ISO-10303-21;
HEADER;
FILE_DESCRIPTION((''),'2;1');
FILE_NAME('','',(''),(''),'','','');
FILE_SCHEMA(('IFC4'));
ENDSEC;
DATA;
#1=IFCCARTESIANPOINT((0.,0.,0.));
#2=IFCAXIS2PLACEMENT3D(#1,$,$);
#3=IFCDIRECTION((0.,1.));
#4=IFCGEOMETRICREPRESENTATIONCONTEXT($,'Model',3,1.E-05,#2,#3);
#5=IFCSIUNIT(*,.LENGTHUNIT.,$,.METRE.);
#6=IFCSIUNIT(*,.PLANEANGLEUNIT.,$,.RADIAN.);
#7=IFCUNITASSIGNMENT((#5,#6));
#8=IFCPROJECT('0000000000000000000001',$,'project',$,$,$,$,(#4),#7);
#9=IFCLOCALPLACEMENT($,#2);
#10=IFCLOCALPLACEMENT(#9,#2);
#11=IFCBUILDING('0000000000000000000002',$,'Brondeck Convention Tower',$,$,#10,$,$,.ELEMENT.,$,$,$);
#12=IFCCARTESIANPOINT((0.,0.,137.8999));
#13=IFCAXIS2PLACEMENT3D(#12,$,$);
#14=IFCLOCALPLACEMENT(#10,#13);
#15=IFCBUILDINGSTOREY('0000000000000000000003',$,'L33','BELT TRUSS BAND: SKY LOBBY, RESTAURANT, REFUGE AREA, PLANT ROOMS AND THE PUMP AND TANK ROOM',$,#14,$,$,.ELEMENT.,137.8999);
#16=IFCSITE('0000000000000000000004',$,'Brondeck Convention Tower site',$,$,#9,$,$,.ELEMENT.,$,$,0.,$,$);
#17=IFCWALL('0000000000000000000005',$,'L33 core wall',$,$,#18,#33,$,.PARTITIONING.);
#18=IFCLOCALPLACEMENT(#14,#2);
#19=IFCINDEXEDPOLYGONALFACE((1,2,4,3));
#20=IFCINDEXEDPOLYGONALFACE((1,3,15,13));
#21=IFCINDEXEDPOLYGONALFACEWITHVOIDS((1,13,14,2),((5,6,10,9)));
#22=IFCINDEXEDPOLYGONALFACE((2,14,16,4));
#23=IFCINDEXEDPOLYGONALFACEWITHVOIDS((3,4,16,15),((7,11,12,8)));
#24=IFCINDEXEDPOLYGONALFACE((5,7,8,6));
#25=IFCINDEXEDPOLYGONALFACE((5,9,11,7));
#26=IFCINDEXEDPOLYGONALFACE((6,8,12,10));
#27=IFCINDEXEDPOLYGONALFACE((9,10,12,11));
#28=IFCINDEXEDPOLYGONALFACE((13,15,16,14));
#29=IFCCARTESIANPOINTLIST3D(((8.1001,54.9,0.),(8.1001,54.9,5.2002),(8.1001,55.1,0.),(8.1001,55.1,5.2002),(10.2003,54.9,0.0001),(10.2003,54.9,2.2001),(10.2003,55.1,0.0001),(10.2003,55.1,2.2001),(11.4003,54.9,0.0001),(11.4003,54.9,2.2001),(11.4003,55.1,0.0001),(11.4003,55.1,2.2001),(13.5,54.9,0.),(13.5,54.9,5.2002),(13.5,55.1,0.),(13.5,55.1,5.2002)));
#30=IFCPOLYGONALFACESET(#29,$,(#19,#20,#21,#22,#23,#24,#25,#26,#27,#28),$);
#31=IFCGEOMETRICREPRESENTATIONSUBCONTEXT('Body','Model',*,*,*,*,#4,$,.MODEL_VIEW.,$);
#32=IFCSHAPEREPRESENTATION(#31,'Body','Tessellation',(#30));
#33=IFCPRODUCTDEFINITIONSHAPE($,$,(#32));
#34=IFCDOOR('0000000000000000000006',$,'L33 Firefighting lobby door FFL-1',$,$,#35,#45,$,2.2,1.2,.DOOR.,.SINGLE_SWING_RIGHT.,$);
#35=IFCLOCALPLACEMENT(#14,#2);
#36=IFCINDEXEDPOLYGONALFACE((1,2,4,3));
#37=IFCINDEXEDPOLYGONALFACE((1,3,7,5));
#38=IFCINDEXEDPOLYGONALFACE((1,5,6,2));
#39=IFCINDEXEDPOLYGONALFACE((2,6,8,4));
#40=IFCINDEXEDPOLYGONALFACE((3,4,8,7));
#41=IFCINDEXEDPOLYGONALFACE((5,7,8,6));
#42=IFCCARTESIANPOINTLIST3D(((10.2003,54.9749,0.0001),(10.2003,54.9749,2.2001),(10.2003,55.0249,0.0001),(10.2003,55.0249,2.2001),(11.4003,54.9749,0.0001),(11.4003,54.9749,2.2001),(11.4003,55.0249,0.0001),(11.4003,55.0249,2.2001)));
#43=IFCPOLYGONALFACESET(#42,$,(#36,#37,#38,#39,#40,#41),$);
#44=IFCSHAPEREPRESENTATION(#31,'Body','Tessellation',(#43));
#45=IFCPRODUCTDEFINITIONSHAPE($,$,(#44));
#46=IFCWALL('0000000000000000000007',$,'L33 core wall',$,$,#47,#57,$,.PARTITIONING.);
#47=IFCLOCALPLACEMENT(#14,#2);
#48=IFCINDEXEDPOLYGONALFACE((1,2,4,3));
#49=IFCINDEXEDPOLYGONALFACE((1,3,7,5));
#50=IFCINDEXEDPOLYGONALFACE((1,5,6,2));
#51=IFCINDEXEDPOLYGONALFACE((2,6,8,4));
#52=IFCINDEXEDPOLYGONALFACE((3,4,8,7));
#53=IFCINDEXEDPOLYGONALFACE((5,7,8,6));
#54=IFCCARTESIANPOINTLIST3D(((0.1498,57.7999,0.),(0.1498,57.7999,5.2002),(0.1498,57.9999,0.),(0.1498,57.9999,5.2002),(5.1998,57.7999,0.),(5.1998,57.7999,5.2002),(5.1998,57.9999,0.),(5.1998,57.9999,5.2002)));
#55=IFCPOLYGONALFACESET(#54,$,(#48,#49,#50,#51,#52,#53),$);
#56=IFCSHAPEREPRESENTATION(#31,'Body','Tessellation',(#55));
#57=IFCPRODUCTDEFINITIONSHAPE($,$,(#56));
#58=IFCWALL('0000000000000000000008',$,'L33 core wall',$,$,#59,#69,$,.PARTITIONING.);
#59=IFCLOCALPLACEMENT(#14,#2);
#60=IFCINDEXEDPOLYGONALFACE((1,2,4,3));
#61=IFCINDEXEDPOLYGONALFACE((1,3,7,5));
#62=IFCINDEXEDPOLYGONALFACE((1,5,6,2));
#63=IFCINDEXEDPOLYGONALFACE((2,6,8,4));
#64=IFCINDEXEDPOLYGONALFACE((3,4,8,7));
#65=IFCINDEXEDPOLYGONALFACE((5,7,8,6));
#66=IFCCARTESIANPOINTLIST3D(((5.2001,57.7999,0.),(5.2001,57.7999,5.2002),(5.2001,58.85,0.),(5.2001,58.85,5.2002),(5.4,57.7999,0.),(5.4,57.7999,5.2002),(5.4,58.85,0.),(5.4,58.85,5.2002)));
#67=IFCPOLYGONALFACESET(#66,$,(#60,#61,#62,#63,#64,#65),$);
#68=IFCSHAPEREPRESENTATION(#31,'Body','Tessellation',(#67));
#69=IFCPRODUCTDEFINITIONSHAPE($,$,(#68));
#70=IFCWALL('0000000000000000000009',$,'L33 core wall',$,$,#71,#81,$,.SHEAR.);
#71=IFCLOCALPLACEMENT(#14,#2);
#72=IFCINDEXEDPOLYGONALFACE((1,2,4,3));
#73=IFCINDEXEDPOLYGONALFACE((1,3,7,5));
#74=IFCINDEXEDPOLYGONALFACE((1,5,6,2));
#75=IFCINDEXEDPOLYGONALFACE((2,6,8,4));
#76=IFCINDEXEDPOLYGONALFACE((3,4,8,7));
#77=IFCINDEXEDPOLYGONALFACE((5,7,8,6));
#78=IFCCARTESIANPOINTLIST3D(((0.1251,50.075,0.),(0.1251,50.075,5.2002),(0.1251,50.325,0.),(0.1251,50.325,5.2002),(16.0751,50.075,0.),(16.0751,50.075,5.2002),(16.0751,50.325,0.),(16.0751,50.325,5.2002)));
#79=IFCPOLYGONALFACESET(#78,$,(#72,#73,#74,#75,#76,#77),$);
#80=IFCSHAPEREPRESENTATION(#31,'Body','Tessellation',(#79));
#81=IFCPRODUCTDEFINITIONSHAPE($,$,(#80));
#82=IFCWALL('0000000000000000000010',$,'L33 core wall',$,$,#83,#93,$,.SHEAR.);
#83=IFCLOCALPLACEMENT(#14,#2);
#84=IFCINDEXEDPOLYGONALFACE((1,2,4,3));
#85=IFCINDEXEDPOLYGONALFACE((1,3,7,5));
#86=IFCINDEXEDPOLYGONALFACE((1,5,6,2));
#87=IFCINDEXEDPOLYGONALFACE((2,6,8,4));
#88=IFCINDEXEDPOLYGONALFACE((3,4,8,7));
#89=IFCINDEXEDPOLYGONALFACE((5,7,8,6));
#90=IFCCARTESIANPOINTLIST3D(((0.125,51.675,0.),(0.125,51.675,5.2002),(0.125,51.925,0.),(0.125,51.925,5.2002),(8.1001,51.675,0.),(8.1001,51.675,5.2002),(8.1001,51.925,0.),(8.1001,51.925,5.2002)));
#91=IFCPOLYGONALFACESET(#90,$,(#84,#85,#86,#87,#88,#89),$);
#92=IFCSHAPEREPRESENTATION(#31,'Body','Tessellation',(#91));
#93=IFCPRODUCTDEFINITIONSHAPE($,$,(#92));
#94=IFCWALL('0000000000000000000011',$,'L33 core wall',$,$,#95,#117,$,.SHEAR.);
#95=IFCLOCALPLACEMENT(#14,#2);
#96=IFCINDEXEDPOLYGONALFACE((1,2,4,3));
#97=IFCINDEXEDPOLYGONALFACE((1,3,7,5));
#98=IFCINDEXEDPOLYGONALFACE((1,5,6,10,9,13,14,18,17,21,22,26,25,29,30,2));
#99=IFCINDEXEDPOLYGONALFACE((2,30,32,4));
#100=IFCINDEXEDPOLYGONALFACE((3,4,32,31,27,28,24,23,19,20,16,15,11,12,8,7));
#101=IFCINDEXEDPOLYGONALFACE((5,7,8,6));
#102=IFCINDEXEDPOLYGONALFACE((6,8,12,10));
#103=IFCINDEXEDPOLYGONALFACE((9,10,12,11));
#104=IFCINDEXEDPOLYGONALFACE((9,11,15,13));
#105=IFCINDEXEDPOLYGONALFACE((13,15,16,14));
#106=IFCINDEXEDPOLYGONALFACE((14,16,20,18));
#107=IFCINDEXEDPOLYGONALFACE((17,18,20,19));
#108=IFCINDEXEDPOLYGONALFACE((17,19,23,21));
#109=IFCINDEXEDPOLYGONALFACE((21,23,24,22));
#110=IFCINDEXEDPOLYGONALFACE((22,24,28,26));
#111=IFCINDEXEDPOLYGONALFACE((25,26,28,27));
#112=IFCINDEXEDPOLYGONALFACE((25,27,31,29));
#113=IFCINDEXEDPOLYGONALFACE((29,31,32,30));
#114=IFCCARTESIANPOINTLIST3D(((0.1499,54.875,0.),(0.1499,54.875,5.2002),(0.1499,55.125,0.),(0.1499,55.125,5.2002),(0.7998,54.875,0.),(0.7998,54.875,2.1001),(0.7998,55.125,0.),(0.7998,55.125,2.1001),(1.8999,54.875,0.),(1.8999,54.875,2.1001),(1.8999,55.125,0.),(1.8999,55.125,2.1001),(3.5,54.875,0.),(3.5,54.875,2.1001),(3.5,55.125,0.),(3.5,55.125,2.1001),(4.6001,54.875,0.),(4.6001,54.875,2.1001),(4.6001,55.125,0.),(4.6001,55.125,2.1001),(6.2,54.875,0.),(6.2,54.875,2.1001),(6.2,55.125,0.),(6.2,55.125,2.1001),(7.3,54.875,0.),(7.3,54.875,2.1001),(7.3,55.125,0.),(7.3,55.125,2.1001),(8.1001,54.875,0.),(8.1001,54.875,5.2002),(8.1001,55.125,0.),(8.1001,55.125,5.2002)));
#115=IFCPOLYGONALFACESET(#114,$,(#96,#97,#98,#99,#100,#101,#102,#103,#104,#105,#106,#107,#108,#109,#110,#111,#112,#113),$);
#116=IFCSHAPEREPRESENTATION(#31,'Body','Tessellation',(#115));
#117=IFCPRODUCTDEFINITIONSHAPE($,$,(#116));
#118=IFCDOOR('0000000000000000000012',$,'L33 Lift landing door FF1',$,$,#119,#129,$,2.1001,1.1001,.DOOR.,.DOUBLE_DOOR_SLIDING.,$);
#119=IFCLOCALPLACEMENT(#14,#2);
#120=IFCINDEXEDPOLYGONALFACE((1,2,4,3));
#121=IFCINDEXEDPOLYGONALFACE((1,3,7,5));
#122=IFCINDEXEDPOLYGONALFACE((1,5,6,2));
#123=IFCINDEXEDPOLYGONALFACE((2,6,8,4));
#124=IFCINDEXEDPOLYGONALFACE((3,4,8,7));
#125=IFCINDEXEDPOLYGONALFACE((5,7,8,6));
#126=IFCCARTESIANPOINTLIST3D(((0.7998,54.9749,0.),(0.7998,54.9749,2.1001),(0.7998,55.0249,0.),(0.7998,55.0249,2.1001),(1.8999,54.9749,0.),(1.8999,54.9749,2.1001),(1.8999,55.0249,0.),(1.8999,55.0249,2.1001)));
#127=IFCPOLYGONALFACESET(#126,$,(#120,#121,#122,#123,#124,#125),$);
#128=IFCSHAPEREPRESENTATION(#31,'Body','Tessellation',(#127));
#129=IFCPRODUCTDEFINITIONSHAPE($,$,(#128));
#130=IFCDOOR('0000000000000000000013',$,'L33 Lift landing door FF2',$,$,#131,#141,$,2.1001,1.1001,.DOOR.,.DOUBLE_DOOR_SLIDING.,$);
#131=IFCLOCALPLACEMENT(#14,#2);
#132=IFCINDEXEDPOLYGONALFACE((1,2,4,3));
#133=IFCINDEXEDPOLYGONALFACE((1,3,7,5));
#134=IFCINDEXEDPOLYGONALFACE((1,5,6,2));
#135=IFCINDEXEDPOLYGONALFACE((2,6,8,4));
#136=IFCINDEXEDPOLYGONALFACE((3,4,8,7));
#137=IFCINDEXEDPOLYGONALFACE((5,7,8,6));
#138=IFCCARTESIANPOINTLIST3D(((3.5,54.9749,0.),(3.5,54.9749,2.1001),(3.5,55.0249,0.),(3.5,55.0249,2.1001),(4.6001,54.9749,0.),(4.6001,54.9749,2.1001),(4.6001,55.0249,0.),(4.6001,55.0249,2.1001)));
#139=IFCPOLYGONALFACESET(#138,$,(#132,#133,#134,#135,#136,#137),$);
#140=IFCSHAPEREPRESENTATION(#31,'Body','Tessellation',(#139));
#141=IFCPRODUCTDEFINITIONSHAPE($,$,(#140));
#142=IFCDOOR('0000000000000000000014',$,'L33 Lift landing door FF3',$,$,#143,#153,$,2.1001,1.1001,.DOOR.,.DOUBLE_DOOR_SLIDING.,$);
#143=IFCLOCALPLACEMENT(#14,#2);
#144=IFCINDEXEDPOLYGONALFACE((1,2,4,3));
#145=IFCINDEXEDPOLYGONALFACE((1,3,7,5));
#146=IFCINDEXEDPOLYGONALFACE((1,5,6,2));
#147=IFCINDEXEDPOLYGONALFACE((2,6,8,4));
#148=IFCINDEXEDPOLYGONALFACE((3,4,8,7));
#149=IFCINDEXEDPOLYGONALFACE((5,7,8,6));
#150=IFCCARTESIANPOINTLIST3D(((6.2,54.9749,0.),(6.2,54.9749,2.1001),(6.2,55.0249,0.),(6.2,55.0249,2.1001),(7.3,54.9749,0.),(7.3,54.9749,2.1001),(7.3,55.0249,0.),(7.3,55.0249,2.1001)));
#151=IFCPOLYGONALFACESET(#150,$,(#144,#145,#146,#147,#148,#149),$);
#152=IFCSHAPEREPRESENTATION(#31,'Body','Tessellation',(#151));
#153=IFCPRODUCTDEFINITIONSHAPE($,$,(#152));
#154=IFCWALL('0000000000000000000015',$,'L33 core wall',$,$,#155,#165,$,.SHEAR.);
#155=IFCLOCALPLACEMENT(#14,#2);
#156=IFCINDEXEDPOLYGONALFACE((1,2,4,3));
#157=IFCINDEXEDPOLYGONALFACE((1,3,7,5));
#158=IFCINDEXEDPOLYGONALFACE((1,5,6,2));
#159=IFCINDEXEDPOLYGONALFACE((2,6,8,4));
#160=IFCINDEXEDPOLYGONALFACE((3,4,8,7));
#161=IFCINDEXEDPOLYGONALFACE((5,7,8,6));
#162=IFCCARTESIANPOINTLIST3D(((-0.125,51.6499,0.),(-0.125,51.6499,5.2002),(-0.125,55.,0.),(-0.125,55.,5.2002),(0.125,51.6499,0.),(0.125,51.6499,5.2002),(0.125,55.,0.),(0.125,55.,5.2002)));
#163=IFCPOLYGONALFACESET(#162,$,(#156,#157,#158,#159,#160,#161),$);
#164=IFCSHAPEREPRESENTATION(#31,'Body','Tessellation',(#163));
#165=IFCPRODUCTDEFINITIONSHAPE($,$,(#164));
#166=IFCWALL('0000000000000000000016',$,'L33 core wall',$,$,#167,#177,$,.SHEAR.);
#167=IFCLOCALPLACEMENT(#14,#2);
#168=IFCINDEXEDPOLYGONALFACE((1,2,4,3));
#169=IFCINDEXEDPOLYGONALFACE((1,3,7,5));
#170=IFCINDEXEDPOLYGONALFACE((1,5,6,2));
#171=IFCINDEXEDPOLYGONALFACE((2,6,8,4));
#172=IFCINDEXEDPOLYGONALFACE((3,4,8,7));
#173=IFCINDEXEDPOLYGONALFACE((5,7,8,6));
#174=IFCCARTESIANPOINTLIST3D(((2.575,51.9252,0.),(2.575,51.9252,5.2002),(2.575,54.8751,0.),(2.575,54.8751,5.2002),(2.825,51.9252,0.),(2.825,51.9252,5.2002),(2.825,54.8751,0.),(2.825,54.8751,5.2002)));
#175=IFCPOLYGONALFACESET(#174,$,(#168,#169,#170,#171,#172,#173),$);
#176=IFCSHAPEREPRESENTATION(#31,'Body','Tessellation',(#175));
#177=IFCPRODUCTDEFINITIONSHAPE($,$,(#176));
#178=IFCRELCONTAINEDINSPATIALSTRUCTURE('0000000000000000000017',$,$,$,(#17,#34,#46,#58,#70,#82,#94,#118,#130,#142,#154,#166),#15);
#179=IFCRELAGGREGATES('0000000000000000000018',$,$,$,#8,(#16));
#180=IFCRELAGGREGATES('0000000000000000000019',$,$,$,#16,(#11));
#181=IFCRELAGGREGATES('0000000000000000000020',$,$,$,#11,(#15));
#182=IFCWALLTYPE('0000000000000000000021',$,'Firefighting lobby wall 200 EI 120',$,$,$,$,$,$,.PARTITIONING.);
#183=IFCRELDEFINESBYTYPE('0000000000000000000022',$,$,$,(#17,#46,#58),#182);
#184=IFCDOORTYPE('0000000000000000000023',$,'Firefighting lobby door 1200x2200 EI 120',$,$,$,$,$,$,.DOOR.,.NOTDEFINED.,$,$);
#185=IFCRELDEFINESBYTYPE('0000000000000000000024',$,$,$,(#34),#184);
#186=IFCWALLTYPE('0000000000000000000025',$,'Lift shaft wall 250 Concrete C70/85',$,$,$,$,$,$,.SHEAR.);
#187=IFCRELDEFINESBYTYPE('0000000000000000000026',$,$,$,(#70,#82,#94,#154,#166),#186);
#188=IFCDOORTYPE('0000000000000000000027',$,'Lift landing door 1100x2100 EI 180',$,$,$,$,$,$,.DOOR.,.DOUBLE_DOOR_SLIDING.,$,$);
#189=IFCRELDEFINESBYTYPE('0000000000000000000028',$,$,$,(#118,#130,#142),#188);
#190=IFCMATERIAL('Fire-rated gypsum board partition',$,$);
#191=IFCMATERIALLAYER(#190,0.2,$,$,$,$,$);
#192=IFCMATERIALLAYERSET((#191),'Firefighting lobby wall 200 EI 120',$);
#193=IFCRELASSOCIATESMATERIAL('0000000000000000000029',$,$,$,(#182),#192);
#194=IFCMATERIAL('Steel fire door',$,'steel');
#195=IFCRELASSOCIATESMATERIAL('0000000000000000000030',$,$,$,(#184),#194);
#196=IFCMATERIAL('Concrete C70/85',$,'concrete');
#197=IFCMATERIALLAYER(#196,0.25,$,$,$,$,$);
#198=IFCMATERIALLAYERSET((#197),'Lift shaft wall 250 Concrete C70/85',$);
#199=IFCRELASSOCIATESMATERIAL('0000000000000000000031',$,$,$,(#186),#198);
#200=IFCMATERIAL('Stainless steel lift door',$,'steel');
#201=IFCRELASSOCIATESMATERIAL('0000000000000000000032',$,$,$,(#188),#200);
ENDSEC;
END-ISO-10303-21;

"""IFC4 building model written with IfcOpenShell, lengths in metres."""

from ifc_helpers import new_model, si_unit, direction, frame, frame_2d, origin, place, context, subcontext, project, spatial, rectangle, extrude, material, layer, layer_set, type_object, element, fill, save


model = new_model("IFC4")

# Units and contexts
model_context = context("Model", 3, precision=1e-05, world=origin(), true_north=direction((0.0, 1.0)))
body_context = subcontext(model_context, "Body", "Model", "MODEL_VIEW")
ifc_project = project(units=[si_unit("LENGTHUNIT", "METRE"), si_unit("PLANEANGLEUNIT", "RADIAN")], contexts=[model_context])

# Site, building, storey
site_placement = place(None, origin())
site = spatial("IfcSite", under=ifc_project, at=site_placement, Name="Brondeck Convention Tower site", CompositionType="ELEMENT", RefElevation=0.0)
building_placement = place(site_placement, origin())
building = spatial("IfcBuilding", under=site, at=building_placement, Name="Brondeck Convention Tower", CompositionType="ELEMENT")
storey_placement = place(building_placement, frame((0.0, 0.0, 137.8999)))
storey = spatial("IfcBuildingStorey", under=building, at=storey_placement, Name="L33", Description="BELT TRUSS BAND: SKY LOBBY, RESTAURANT, REFUGE AREA, PLANT ROOMS AND THE PUMP AND TANK ROOM", CompositionType="ELEMENT", Elevation=137.8999)

# Shared definitions
ifc_material_1 = material(Name="Concrete C70/85", Category="concrete")

# Shared definitions
ifc_material_2 = material(Name="Fire-rated gypsum board partition")

# Wall, opening, door
ifc_layer_1 = layer(ifc_material_2, 0.2)
ifc_layer_set_1 = layer_set([ifc_layer_1], Name="Firefighting lobby wall 200 EI 120")
wall_type_1 = type_object("IfcWallType", Name="Firefighting lobby wall 200 EI 120", PredefinedType="PARTITIONING", material=ifc_layer_set_1)
wall_1_placement = place(storey_placement, frame((8.1001, 55.0, 0.0), z_axis=(0.0, 0.0, 1.0), x_axis=(1.0, 0.0, 0.0)))
wall_1 = element("IfcWall", 1, at=wall_1_placement, inside=storey, type_object=wall_type_1, Name="L33 core wall", PredefinedType="PARTITIONING", context=body_context, shape_type="SweptSolid", body=[
    extrude(rectangle(XDim=5.3999, YDim=0.2, at=frame_2d((2.7, 0.0))), origin(), (0.0, 0.0, 1.0), 5.2002),
])
opening_1_placement = place(wall_1_placement, frame((2.1001, 0.0, 0.0)))
opening_1 = element("IfcOpeningElement", 2, at=opening_1_placement, cuts=wall_1, PredefinedType="OPENING", context=body_context, shape_type="SweptSolid", body=[
    extrude(rectangle(XDim=1.2, YDim=2.2, at=frame_2d((0.6001, 1.1001))), frame((0.0, 0.1099, 0.0), z_axis=(0.0, -1.0, 0.0), x_axis=(1.0, 0.0, 0.0)), (0.0, 0.0, 1.0), 0.22),
])
ifc_material_3 = material(Name="Steel fire door", Category="steel")
door_type_1 = type_object("IfcDoorType", Name="Firefighting lobby door 1200x2200 EI 120", OperationType="NOTDEFINED", PredefinedType="DOOR", material=ifc_material_3)
door_1_placement = place(opening_1_placement, origin())
door_1 = element("IfcDoor", 3, at=door_1_placement, inside=storey, type_object=door_type_1, Name="L33 Firefighting lobby door FFL-1", OperationType="SINGLE_SWING_RIGHT", OverallHeight=2.2, OverallWidth=1.2, PredefinedType="DOOR", context=body_context, shape_type="SweptSolid", body=[
    extrude(rectangle(XDim=1.2, YDim=2.2, at=frame_2d((0.6001, 1.1001))), frame((0.0, 0.0249, 0.0), z_axis=(0.0, -1.0, 0.0), x_axis=(1.0, 0.0, 0.0)), (0.0, 0.0, 1.0), 0.05),
])
fill(opening_1, door_1)

# Walls
wall_2_placement = place(storey_placement, frame((0.1499, 57.8999, 0.0), z_axis=(0.0, 0.0, 1.0), x_axis=(1.0, 0.0, 0.0)))
element("IfcWall", 4, at=wall_2_placement, inside=storey, type_object=wall_type_1, Name="L33 core wall", PredefinedType="PARTITIONING", context=body_context, shape_type="SweptSolid", body=[
    extrude(rectangle(XDim=5.05, YDim=0.2, at=frame_2d((2.5249, 0.0))), origin(), (0.0, 0.0, 1.0), 5.2002),
])
wall_3_placement = place(storey_placement, frame((5.3, 57.8, 0.0), z_axis=(0.0, 0.0, 1.0), x_axis=(0.0, 1.0, 0.0)))
element("IfcWall", 5, at=wall_3_placement, inside=storey, type_object=wall_type_1, Name="L33 core wall", PredefinedType="PARTITIONING", context=body_context, shape_type="SweptSolid", body=[
    extrude(rectangle(XDim=1.05, YDim=0.2, at=frame_2d((0.5249, 0.0))), origin(), (0.0, 0.0, 1.0), 5.2002),
])
ifc_layer_2 = layer(ifc_material_1, 0.25)
ifc_layer_set_2 = layer_set([ifc_layer_2], Name="Lift shaft wall 250 Concrete C70/85")
wall_type_2 = type_object("IfcWallType", Name="Lift shaft wall 250 Concrete C70/85", PredefinedType="SHEAR", material=ifc_layer_set_2)
wall_4_placement = place(storey_placement, frame((0.125, 50.2, 0.0), z_axis=(0.0, 0.0, 1.0), x_axis=(1.0, 0.0, 0.0)))
element("IfcWall", 6, at=wall_4_placement, inside=storey, type_object=wall_type_2, Name="L33 core wall", PredefinedType="SHEAR", context=body_context, shape_type="SweptSolid", body=[
    extrude(rectangle(XDim=15.95, YDim=0.25, at=frame_2d((7.9751, 0.0))), origin(), (0.0, 0.0, 1.0), 5.2002),
])
wall_5_placement = place(storey_placement, frame((0.125, 51.8, 0.0), z_axis=(0.0, 0.0, 1.0), x_axis=(1.0, 0.0, 0.0)))
element("IfcWall", 7, at=wall_5_placement, inside=storey, type_object=wall_type_2, Name="L33 core wall", PredefinedType="SHEAR", context=body_context, shape_type="SweptSolid", body=[
    extrude(rectangle(XDim=7.9751, YDim=0.25, at=frame_2d((3.9875, 0.0))), origin(), (0.0, 0.0, 1.0), 5.2002),
])

# Wall, openings, doors
wall_6_placement = place(storey_placement, frame((0.1499, 55.0, 0.0), z_axis=(0.0, 0.0, 1.0), x_axis=(1.0, 0.0, 0.0)))
wall_6 = element("IfcWall", 8, at=wall_6_placement, inside=storey, type_object=wall_type_2, Name="L33 core wall", PredefinedType="SHEAR", context=body_context, shape_type="SweptSolid", body=[
    extrude(rectangle(XDim=7.9502, YDim=0.25, at=frame_2d((3.9751, 0.0))), origin(), (0.0, 0.0, 1.0), 5.2002),
])
opening_2_placement = place(wall_6_placement, frame((0.6499, 0.0, 0.0)))
opening_2 = element("IfcOpeningElement", 9, at=opening_2_placement, cuts=wall_6, PredefinedType="OPENING", context=body_context, shape_type="SweptSolid", body=[
    extrude(rectangle(XDim=1.1001, YDim=2.1001, at=frame_2d((0.55, 1.05))), frame((0.0, 0.135, 0.0), z_axis=(0.0, -1.0, 0.0), x_axis=(1.0, 0.0, 0.0)), (0.0, 0.0, 1.0), 0.27),
])
opening_3_placement = place(wall_6_placement, frame((3.3501, 0.0, 0.0)))
opening_3 = element("IfcOpeningElement", 10, at=opening_3_placement, cuts=wall_6, PredefinedType="OPENING", context=body_context, shape_type="SweptSolid", body=[
    extrude(rectangle(XDim=1.1001, YDim=2.1001, at=frame_2d((0.55, 1.05))), frame((0.0, 0.135, 0.0), z_axis=(0.0, -1.0, 0.0), x_axis=(1.0, 0.0, 0.0)), (0.0, 0.0, 1.0), 0.27),
])
opening_4_placement = place(wall_6_placement, frame((6.05, 0.0, 0.0)))
opening_4 = element("IfcOpeningElement", 11, at=opening_4_placement, cuts=wall_6, PredefinedType="OPENING", context=body_context, shape_type="SweptSolid", body=[
    extrude(rectangle(XDim=1.1001, YDim=2.1001, at=frame_2d((0.55, 1.05))), frame((0.0, 0.135, 0.0), z_axis=(0.0, -1.0, 0.0), x_axis=(1.0, 0.0, 0.0)), (0.0, 0.0, 1.0), 0.27),
])
ifc_material_4 = material(Name="Stainless steel lift door", Category="steel")
door_type_2 = type_object("IfcDoorType", Name="Lift landing door 1100x2100 EI 180", OperationType="DOUBLE_DOOR_SLIDING", PredefinedType="DOOR", material=ifc_material_4)
door_2_placement = place(opening_2_placement, origin())
door_2 = element("IfcDoor", 12, at=door_2_placement, inside=storey, type_object=door_type_2, Name="L33 Lift landing door FF1", OperationType="DOUBLE_DOOR_SLIDING", OverallHeight=2.1001, OverallWidth=1.1001, PredefinedType="DOOR", context=body_context, shape_type="SweptSolid", body=[
    extrude(rectangle(XDim=1.1001, YDim=2.1001, at=frame_2d((0.55, 1.05))), frame((0.0, 0.0249, 0.0), z_axis=(0.0, -1.0, 0.0), x_axis=(1.0, 0.0, 0.0)), (0.0, 0.0, 1.0), 0.05),
])
fill(opening_2, door_2)
door_3_placement = place(opening_3_placement, origin())
door_3 = element("IfcDoor", 13, at=door_3_placement, inside=storey, type_object=door_type_2, Name="L33 Lift landing door FF2", OperationType="DOUBLE_DOOR_SLIDING", OverallHeight=2.1001, OverallWidth=1.1001, PredefinedType="DOOR", context=body_context, shape_type="SweptSolid", body=[
    extrude(rectangle(XDim=1.1001, YDim=2.1001, at=frame_2d((0.55, 1.05))), frame((0.0, 0.0249, 0.0), z_axis=(0.0, -1.0, 0.0), x_axis=(1.0, 0.0, 0.0)), (0.0, 0.0, 1.0), 0.05),
])
fill(opening_3, door_3)
door_4_placement = place(opening_4_placement, origin())
door_4 = element("IfcDoor", 14, at=door_4_placement, inside=storey, type_object=door_type_2, Name="L33 Lift landing door FF3", OperationType="DOUBLE_DOOR_SLIDING", OverallHeight=2.1001, OverallWidth=1.1001, PredefinedType="DOOR", context=body_context, shape_type="SweptSolid", body=[
    extrude(rectangle(XDim=1.1001, YDim=2.1001, at=frame_2d((0.55, 1.05))), frame((0.0, 0.0249, 0.0), z_axis=(0.0, -1.0, 0.0), x_axis=(1.0, 0.0, 0.0)), (0.0, 0.0, 1.0), 0.05),
])
fill(opening_4, door_4)

# Walls
wall_7_placement = place(storey_placement, frame((0.0, 51.6499, 0.0), z_axis=(0.0, 0.0, 1.0), x_axis=(0.0, 1.0, 0.0)))
element("IfcWall", 15, at=wall_7_placement, inside=storey, type_object=wall_type_2, Name="L33 core wall", PredefinedType="SHEAR", context=body_context, shape_type="SweptSolid", body=[
    extrude(rectangle(XDim=3.3501, YDim=0.25, at=frame_2d((1.675, 0.0))), origin(), (0.0, 0.0, 1.0), 5.2002),
])
for number, where, z_axis, x_axis, name in (
    (16, (2.7, 51.925, 0.0), (0.0, 0.0, 1.0), (0.0, 1.0, 0.0), "L33 core wall"),
):
    element("IfcWall", number, at=place(storey_placement, frame(where, z_axis=z_axis, x_axis=x_axis)), inside=storey, type_object=wall_type_2, Name=name, PredefinedType="SHEAR", context=body_context, shape_type="SweptSolid", body=[
        extrude(rectangle(XDim=2.95, YDim=0.25, at=frame_2d((1.4751, 0.0))), origin(), (0.0, 0.0, 1.0), 5.2002),
    ])

save(model, "model.ifc")
